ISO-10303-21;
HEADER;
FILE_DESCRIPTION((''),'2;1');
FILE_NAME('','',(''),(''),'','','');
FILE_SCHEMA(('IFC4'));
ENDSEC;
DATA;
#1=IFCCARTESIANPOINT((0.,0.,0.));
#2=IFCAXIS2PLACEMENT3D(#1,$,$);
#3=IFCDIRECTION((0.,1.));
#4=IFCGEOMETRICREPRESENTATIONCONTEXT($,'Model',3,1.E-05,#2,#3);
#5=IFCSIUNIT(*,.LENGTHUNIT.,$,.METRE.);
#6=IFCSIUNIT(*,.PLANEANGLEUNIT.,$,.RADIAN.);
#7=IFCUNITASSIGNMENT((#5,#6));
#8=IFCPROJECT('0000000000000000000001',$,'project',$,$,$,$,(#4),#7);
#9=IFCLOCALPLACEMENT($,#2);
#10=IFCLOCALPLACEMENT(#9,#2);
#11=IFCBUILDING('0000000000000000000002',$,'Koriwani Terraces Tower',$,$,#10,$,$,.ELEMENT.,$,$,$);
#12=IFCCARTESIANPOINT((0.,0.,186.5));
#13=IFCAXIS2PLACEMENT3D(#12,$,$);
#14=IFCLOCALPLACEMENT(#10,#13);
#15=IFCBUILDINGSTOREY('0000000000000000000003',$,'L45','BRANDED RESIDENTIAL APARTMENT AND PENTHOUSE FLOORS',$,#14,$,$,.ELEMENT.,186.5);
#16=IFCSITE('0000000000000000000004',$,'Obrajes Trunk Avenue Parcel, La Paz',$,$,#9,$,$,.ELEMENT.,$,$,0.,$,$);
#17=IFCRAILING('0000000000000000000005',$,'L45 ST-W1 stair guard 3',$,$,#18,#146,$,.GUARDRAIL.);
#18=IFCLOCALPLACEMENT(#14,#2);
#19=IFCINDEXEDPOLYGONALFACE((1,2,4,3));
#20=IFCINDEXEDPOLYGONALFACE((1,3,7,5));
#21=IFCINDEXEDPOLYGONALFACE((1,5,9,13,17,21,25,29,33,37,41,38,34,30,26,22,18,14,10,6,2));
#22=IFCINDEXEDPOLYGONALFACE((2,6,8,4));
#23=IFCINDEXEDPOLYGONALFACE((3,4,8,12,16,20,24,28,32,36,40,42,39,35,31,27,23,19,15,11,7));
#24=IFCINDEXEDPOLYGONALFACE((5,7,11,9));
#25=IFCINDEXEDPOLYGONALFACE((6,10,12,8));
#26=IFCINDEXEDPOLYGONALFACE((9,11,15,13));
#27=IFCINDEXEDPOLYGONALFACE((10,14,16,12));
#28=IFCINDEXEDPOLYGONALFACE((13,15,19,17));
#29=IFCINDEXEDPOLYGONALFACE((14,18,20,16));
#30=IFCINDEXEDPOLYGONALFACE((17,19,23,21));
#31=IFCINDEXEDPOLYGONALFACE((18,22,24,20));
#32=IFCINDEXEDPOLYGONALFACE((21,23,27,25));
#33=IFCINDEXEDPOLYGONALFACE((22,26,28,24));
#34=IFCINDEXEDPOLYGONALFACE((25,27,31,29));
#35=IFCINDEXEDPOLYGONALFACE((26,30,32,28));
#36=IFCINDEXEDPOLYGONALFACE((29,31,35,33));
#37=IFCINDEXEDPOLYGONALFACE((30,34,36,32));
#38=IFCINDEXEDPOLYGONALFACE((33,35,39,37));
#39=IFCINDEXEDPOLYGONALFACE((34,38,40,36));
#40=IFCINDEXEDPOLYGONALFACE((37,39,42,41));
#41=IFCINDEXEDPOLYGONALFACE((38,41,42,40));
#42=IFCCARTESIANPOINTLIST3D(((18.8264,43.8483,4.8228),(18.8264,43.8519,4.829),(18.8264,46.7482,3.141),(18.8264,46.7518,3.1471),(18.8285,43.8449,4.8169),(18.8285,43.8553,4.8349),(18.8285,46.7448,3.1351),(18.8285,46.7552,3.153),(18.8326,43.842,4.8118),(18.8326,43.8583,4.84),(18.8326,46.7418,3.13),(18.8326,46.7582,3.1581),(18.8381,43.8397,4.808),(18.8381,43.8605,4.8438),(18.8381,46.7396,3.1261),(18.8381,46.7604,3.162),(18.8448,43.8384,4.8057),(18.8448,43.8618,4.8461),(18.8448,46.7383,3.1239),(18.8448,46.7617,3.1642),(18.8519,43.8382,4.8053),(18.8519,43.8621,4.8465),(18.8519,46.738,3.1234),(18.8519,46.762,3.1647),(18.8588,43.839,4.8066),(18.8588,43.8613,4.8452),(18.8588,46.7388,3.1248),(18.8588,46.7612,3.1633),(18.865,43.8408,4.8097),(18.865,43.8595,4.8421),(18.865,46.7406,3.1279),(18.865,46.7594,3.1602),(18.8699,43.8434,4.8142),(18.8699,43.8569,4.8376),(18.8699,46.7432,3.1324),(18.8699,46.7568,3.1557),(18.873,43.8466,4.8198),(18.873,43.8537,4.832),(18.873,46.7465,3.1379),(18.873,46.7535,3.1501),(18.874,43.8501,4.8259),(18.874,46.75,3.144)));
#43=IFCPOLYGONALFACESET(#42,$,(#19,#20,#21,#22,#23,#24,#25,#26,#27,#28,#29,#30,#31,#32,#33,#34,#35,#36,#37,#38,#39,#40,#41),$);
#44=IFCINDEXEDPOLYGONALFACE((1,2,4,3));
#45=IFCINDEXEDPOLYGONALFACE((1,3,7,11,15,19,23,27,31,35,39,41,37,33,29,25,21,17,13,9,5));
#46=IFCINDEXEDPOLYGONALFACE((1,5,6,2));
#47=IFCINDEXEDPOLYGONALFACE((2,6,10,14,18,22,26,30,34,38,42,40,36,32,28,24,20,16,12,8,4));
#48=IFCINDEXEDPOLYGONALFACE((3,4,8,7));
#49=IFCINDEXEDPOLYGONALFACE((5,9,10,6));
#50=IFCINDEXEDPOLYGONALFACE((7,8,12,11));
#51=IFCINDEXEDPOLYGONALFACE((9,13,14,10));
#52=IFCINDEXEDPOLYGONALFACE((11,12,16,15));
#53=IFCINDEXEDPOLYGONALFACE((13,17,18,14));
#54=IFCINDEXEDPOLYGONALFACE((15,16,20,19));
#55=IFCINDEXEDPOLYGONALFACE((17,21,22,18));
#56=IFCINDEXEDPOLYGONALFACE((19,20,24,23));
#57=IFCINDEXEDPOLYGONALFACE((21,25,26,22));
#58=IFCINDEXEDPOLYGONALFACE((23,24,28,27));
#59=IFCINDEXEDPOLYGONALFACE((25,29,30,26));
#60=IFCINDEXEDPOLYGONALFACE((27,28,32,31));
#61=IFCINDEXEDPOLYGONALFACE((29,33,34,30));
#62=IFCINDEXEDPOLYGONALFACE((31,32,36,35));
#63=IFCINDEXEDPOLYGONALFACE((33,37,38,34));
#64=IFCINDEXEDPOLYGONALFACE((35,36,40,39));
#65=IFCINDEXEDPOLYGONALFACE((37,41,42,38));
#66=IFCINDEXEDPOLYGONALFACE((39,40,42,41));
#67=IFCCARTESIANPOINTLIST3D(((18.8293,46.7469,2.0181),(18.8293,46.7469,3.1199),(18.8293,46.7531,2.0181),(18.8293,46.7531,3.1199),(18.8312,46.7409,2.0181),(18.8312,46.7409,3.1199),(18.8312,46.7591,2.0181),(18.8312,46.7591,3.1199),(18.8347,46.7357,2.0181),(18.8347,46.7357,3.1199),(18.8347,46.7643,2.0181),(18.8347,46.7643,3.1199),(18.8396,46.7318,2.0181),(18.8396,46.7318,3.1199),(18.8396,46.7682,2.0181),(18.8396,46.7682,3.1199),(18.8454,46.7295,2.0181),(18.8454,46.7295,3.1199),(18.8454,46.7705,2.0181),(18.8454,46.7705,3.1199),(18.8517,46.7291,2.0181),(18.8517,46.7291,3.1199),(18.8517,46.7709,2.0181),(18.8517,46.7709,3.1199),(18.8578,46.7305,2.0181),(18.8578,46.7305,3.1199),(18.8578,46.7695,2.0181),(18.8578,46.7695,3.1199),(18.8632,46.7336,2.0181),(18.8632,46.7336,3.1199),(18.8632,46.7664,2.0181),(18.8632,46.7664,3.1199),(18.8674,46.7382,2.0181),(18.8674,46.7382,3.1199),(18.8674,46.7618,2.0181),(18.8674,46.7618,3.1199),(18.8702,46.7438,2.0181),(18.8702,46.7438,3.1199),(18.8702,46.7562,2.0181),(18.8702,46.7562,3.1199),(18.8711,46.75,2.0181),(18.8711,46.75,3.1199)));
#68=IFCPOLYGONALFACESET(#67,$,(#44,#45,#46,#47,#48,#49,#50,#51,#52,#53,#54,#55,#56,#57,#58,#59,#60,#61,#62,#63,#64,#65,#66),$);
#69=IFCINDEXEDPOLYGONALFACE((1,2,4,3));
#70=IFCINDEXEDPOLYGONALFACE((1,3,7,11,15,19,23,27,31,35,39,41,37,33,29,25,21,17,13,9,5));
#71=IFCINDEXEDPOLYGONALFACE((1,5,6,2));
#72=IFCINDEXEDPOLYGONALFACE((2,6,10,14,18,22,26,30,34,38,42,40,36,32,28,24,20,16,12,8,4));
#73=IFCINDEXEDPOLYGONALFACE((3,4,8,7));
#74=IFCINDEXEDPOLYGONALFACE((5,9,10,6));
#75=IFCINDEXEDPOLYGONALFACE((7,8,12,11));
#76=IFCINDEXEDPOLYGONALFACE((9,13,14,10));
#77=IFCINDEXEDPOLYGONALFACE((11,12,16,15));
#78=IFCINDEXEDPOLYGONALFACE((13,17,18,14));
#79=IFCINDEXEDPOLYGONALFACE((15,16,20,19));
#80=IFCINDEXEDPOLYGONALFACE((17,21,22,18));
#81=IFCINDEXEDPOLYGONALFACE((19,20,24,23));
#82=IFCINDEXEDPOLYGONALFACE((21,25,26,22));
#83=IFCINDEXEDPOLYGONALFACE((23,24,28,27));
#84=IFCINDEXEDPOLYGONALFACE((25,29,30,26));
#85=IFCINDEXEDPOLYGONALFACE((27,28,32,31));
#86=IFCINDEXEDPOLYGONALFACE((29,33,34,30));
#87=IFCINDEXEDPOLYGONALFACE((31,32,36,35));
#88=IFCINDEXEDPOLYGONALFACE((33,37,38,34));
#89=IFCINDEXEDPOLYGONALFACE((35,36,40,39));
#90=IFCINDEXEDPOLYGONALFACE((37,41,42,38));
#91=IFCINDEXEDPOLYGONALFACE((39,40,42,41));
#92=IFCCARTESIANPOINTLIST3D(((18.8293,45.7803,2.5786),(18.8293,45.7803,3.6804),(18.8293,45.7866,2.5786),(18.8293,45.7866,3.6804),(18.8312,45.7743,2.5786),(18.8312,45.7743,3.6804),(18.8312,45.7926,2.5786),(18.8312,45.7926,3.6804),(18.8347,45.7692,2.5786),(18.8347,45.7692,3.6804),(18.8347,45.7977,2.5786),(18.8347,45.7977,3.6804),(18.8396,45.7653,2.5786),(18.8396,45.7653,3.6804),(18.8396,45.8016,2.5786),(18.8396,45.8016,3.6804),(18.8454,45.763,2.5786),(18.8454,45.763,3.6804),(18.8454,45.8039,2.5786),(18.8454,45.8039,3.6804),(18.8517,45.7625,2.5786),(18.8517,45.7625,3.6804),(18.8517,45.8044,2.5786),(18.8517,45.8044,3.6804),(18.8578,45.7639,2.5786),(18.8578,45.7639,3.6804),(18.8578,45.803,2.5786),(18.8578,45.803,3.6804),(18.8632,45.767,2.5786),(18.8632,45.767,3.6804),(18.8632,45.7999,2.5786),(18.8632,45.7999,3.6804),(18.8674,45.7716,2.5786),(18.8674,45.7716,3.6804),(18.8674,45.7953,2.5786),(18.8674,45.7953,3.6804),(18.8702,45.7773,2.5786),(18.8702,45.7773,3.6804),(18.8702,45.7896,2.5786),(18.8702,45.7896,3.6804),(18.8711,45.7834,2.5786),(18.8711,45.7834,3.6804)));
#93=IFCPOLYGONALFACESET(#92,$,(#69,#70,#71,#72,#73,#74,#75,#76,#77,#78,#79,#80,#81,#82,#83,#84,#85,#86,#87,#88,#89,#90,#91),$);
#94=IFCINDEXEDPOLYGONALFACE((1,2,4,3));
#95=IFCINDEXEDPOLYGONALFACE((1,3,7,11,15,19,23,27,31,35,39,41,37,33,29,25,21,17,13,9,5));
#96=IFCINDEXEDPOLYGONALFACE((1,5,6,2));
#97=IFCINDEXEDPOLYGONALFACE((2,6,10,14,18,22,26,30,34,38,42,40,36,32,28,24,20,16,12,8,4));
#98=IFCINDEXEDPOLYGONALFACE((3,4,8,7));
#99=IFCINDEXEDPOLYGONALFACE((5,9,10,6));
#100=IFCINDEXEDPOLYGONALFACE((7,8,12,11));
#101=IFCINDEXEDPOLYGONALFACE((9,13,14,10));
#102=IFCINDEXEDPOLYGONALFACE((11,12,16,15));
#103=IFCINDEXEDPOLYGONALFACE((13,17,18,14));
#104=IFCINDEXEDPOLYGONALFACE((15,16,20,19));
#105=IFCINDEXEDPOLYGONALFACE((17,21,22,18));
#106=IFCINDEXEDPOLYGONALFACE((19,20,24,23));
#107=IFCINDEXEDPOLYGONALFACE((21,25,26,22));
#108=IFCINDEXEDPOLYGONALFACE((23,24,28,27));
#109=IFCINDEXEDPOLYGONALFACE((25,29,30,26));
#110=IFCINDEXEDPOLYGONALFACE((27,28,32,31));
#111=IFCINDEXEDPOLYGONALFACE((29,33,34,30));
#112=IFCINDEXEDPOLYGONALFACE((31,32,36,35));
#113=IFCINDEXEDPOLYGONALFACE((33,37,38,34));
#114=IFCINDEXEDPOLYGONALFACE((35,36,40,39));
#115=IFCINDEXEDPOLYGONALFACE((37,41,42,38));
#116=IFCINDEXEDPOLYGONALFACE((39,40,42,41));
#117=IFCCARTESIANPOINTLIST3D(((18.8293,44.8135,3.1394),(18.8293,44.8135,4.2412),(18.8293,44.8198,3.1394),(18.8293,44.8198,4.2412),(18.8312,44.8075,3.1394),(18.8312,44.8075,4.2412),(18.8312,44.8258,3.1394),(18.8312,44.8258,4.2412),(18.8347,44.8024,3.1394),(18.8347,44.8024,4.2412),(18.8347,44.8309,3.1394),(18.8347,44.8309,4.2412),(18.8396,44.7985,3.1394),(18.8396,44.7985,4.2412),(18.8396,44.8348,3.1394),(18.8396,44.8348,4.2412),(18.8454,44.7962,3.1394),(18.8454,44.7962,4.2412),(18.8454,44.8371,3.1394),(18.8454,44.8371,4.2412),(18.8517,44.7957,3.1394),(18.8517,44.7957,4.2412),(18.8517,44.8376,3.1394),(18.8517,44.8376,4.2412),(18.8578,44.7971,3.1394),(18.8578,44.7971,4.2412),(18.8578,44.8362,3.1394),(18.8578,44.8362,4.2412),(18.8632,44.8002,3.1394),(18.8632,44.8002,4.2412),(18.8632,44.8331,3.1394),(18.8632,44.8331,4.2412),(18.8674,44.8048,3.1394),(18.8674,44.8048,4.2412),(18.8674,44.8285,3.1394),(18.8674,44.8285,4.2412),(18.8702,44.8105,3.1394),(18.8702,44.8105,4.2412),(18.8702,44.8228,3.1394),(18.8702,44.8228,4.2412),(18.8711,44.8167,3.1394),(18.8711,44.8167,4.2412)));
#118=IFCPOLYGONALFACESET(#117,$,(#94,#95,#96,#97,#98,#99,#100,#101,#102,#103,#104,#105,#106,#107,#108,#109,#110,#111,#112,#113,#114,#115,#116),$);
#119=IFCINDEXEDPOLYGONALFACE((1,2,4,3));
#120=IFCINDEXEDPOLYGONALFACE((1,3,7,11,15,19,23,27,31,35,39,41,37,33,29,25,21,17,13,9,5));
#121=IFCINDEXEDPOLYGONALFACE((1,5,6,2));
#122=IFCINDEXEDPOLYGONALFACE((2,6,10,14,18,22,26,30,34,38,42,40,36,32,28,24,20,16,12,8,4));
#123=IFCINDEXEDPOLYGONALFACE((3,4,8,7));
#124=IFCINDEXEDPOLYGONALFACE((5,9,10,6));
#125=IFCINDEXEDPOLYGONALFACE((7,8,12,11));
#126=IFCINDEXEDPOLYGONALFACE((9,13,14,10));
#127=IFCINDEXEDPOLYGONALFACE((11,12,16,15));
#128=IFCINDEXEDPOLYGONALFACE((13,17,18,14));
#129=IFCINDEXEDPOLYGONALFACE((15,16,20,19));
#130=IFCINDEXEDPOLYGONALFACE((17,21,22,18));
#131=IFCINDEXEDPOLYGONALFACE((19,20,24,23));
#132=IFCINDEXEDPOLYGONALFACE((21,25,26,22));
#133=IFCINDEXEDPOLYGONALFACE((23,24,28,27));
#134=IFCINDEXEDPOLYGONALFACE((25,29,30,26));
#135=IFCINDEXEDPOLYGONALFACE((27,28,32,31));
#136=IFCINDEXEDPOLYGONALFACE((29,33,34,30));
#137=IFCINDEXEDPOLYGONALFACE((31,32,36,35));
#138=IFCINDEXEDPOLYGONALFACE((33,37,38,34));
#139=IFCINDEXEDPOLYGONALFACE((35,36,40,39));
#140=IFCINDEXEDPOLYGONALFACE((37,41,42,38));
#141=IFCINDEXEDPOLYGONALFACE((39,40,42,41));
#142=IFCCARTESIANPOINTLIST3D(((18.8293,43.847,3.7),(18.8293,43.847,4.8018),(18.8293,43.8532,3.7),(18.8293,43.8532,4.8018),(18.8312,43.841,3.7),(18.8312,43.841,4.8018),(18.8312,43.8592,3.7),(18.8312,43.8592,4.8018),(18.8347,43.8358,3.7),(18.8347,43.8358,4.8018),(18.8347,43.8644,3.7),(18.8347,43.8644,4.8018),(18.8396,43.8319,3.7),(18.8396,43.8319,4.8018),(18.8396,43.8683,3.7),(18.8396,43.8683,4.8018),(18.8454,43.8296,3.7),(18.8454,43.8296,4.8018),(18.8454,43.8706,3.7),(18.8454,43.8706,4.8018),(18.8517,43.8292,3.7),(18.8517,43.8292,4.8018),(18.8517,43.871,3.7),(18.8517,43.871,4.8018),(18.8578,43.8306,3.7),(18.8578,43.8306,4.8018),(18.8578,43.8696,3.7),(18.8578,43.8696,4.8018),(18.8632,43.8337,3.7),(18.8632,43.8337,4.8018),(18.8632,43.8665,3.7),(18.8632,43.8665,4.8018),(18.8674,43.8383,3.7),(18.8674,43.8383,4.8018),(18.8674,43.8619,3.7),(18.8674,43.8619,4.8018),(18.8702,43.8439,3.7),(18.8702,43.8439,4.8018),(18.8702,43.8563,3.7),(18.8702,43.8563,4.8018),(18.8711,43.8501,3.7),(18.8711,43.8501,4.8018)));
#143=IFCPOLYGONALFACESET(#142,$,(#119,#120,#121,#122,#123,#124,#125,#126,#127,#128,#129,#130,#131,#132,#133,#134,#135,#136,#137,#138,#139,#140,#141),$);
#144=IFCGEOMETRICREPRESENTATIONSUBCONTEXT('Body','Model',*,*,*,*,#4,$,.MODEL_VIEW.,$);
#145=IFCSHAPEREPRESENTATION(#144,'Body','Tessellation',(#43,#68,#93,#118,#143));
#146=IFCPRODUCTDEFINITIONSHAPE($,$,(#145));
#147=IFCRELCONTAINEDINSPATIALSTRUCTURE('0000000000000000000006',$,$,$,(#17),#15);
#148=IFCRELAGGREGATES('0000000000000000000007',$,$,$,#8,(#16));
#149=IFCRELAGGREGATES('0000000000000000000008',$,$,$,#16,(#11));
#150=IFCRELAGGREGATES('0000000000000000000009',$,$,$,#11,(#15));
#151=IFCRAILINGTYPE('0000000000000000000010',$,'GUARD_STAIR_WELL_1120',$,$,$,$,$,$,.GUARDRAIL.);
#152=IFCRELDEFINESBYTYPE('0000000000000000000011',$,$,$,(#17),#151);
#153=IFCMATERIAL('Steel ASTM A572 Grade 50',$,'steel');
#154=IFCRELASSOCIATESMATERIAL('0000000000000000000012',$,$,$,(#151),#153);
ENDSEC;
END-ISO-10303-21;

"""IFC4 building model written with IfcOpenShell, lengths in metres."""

from ifc_helpers import new_model, si_unit, direction, frame, origin, origin_2d, place, context, subcontext, project, spatial, circle, extrude, material, type_object, element, save


model = new_model("IFC4")

# Units and contexts
model_context = context("Model", 3, precision=1e-05, world=origin(), true_north=direction((0.0, 1.0)))
body_context = subcontext(model_context, "Body", "Model", "MODEL_VIEW")
ifc_project = project(units=[si_unit("LENGTHUNIT", "METRE"), si_unit("PLANEANGLEUNIT", "RADIAN")], contexts=[model_context])

# Site, building, storey
site_placement = place(None, origin())
site = spatial("IfcSite", under=ifc_project, at=site_placement, Name="Obrajes Trunk Avenue Parcel, La Paz", CompositionType="ELEMENT", RefElevation=0.0)
building_placement = place(site_placement, origin())
building = spatial("IfcBuilding", under=site, at=building_placement, Name="Koriwani Terraces Tower", CompositionType="ELEMENT")
storey_placement = place(building_placement, frame((0.0, 0.0, 186.5)))
storey = spatial("IfcBuildingStorey", under=building, at=storey_placement, Name="L45", Description="BRANDED RESIDENTIAL APARTMENT AND PENTHOUSE FLOORS", CompositionType="ELEMENT", Elevation=186.5)

# Shared definitions
ifc_material_1 = material(Name="Steel ASTM A572 Grade 50", Category="steel")

# Railing
railing_type_1 = type_object("IfcRailingType", Name="GUARD_STAIR_WELL_1120", PredefinedType="GUARDRAIL", material=ifc_material_1)
railing_1_placement = place(storey_placement, frame((18.8501, 46.75, 2.0181)))
element("IfcRailing", 1, at=railing_1_placement, inside=storey, type_object=railing_type_1, Name="L45 ST-W1 stair guard 3", PredefinedType="GUARDRAIL", context=body_context, shape_type="SweptSolid", body=[
    extrude(circle(Radius=0.0239, at=origin_2d()), frame((0.0, 0.0, 1.126), z_axis=(0.0, -0.865039, 0.501705), x_axis=(1.0, 0.0, 0.0)), (0.0, 0.0, 1.0), 3.3523),
    extrude(circle(Radius=0.021, at=origin_2d()), origin(), (0.0, 0.0, 1.0), 1.1018),
    extrude(circle(Radius=0.021, at=origin_2d()), frame((0.0, -0.9666, 0.5605)), (0.0, 0.0, 1.0), 1.1018),
    extrude(circle(Radius=0.021, at=origin_2d()), frame((0.0, -1.9333, 1.1213)), (0.0, 0.0, 1.0), 1.1018),
    extrude(circle(Radius=0.021, at=origin_2d()), frame((0.0, -2.8999, 1.6819)), (0.0, 0.0, 1.0), 1.1018),
])

save(model, "model.ifc")
